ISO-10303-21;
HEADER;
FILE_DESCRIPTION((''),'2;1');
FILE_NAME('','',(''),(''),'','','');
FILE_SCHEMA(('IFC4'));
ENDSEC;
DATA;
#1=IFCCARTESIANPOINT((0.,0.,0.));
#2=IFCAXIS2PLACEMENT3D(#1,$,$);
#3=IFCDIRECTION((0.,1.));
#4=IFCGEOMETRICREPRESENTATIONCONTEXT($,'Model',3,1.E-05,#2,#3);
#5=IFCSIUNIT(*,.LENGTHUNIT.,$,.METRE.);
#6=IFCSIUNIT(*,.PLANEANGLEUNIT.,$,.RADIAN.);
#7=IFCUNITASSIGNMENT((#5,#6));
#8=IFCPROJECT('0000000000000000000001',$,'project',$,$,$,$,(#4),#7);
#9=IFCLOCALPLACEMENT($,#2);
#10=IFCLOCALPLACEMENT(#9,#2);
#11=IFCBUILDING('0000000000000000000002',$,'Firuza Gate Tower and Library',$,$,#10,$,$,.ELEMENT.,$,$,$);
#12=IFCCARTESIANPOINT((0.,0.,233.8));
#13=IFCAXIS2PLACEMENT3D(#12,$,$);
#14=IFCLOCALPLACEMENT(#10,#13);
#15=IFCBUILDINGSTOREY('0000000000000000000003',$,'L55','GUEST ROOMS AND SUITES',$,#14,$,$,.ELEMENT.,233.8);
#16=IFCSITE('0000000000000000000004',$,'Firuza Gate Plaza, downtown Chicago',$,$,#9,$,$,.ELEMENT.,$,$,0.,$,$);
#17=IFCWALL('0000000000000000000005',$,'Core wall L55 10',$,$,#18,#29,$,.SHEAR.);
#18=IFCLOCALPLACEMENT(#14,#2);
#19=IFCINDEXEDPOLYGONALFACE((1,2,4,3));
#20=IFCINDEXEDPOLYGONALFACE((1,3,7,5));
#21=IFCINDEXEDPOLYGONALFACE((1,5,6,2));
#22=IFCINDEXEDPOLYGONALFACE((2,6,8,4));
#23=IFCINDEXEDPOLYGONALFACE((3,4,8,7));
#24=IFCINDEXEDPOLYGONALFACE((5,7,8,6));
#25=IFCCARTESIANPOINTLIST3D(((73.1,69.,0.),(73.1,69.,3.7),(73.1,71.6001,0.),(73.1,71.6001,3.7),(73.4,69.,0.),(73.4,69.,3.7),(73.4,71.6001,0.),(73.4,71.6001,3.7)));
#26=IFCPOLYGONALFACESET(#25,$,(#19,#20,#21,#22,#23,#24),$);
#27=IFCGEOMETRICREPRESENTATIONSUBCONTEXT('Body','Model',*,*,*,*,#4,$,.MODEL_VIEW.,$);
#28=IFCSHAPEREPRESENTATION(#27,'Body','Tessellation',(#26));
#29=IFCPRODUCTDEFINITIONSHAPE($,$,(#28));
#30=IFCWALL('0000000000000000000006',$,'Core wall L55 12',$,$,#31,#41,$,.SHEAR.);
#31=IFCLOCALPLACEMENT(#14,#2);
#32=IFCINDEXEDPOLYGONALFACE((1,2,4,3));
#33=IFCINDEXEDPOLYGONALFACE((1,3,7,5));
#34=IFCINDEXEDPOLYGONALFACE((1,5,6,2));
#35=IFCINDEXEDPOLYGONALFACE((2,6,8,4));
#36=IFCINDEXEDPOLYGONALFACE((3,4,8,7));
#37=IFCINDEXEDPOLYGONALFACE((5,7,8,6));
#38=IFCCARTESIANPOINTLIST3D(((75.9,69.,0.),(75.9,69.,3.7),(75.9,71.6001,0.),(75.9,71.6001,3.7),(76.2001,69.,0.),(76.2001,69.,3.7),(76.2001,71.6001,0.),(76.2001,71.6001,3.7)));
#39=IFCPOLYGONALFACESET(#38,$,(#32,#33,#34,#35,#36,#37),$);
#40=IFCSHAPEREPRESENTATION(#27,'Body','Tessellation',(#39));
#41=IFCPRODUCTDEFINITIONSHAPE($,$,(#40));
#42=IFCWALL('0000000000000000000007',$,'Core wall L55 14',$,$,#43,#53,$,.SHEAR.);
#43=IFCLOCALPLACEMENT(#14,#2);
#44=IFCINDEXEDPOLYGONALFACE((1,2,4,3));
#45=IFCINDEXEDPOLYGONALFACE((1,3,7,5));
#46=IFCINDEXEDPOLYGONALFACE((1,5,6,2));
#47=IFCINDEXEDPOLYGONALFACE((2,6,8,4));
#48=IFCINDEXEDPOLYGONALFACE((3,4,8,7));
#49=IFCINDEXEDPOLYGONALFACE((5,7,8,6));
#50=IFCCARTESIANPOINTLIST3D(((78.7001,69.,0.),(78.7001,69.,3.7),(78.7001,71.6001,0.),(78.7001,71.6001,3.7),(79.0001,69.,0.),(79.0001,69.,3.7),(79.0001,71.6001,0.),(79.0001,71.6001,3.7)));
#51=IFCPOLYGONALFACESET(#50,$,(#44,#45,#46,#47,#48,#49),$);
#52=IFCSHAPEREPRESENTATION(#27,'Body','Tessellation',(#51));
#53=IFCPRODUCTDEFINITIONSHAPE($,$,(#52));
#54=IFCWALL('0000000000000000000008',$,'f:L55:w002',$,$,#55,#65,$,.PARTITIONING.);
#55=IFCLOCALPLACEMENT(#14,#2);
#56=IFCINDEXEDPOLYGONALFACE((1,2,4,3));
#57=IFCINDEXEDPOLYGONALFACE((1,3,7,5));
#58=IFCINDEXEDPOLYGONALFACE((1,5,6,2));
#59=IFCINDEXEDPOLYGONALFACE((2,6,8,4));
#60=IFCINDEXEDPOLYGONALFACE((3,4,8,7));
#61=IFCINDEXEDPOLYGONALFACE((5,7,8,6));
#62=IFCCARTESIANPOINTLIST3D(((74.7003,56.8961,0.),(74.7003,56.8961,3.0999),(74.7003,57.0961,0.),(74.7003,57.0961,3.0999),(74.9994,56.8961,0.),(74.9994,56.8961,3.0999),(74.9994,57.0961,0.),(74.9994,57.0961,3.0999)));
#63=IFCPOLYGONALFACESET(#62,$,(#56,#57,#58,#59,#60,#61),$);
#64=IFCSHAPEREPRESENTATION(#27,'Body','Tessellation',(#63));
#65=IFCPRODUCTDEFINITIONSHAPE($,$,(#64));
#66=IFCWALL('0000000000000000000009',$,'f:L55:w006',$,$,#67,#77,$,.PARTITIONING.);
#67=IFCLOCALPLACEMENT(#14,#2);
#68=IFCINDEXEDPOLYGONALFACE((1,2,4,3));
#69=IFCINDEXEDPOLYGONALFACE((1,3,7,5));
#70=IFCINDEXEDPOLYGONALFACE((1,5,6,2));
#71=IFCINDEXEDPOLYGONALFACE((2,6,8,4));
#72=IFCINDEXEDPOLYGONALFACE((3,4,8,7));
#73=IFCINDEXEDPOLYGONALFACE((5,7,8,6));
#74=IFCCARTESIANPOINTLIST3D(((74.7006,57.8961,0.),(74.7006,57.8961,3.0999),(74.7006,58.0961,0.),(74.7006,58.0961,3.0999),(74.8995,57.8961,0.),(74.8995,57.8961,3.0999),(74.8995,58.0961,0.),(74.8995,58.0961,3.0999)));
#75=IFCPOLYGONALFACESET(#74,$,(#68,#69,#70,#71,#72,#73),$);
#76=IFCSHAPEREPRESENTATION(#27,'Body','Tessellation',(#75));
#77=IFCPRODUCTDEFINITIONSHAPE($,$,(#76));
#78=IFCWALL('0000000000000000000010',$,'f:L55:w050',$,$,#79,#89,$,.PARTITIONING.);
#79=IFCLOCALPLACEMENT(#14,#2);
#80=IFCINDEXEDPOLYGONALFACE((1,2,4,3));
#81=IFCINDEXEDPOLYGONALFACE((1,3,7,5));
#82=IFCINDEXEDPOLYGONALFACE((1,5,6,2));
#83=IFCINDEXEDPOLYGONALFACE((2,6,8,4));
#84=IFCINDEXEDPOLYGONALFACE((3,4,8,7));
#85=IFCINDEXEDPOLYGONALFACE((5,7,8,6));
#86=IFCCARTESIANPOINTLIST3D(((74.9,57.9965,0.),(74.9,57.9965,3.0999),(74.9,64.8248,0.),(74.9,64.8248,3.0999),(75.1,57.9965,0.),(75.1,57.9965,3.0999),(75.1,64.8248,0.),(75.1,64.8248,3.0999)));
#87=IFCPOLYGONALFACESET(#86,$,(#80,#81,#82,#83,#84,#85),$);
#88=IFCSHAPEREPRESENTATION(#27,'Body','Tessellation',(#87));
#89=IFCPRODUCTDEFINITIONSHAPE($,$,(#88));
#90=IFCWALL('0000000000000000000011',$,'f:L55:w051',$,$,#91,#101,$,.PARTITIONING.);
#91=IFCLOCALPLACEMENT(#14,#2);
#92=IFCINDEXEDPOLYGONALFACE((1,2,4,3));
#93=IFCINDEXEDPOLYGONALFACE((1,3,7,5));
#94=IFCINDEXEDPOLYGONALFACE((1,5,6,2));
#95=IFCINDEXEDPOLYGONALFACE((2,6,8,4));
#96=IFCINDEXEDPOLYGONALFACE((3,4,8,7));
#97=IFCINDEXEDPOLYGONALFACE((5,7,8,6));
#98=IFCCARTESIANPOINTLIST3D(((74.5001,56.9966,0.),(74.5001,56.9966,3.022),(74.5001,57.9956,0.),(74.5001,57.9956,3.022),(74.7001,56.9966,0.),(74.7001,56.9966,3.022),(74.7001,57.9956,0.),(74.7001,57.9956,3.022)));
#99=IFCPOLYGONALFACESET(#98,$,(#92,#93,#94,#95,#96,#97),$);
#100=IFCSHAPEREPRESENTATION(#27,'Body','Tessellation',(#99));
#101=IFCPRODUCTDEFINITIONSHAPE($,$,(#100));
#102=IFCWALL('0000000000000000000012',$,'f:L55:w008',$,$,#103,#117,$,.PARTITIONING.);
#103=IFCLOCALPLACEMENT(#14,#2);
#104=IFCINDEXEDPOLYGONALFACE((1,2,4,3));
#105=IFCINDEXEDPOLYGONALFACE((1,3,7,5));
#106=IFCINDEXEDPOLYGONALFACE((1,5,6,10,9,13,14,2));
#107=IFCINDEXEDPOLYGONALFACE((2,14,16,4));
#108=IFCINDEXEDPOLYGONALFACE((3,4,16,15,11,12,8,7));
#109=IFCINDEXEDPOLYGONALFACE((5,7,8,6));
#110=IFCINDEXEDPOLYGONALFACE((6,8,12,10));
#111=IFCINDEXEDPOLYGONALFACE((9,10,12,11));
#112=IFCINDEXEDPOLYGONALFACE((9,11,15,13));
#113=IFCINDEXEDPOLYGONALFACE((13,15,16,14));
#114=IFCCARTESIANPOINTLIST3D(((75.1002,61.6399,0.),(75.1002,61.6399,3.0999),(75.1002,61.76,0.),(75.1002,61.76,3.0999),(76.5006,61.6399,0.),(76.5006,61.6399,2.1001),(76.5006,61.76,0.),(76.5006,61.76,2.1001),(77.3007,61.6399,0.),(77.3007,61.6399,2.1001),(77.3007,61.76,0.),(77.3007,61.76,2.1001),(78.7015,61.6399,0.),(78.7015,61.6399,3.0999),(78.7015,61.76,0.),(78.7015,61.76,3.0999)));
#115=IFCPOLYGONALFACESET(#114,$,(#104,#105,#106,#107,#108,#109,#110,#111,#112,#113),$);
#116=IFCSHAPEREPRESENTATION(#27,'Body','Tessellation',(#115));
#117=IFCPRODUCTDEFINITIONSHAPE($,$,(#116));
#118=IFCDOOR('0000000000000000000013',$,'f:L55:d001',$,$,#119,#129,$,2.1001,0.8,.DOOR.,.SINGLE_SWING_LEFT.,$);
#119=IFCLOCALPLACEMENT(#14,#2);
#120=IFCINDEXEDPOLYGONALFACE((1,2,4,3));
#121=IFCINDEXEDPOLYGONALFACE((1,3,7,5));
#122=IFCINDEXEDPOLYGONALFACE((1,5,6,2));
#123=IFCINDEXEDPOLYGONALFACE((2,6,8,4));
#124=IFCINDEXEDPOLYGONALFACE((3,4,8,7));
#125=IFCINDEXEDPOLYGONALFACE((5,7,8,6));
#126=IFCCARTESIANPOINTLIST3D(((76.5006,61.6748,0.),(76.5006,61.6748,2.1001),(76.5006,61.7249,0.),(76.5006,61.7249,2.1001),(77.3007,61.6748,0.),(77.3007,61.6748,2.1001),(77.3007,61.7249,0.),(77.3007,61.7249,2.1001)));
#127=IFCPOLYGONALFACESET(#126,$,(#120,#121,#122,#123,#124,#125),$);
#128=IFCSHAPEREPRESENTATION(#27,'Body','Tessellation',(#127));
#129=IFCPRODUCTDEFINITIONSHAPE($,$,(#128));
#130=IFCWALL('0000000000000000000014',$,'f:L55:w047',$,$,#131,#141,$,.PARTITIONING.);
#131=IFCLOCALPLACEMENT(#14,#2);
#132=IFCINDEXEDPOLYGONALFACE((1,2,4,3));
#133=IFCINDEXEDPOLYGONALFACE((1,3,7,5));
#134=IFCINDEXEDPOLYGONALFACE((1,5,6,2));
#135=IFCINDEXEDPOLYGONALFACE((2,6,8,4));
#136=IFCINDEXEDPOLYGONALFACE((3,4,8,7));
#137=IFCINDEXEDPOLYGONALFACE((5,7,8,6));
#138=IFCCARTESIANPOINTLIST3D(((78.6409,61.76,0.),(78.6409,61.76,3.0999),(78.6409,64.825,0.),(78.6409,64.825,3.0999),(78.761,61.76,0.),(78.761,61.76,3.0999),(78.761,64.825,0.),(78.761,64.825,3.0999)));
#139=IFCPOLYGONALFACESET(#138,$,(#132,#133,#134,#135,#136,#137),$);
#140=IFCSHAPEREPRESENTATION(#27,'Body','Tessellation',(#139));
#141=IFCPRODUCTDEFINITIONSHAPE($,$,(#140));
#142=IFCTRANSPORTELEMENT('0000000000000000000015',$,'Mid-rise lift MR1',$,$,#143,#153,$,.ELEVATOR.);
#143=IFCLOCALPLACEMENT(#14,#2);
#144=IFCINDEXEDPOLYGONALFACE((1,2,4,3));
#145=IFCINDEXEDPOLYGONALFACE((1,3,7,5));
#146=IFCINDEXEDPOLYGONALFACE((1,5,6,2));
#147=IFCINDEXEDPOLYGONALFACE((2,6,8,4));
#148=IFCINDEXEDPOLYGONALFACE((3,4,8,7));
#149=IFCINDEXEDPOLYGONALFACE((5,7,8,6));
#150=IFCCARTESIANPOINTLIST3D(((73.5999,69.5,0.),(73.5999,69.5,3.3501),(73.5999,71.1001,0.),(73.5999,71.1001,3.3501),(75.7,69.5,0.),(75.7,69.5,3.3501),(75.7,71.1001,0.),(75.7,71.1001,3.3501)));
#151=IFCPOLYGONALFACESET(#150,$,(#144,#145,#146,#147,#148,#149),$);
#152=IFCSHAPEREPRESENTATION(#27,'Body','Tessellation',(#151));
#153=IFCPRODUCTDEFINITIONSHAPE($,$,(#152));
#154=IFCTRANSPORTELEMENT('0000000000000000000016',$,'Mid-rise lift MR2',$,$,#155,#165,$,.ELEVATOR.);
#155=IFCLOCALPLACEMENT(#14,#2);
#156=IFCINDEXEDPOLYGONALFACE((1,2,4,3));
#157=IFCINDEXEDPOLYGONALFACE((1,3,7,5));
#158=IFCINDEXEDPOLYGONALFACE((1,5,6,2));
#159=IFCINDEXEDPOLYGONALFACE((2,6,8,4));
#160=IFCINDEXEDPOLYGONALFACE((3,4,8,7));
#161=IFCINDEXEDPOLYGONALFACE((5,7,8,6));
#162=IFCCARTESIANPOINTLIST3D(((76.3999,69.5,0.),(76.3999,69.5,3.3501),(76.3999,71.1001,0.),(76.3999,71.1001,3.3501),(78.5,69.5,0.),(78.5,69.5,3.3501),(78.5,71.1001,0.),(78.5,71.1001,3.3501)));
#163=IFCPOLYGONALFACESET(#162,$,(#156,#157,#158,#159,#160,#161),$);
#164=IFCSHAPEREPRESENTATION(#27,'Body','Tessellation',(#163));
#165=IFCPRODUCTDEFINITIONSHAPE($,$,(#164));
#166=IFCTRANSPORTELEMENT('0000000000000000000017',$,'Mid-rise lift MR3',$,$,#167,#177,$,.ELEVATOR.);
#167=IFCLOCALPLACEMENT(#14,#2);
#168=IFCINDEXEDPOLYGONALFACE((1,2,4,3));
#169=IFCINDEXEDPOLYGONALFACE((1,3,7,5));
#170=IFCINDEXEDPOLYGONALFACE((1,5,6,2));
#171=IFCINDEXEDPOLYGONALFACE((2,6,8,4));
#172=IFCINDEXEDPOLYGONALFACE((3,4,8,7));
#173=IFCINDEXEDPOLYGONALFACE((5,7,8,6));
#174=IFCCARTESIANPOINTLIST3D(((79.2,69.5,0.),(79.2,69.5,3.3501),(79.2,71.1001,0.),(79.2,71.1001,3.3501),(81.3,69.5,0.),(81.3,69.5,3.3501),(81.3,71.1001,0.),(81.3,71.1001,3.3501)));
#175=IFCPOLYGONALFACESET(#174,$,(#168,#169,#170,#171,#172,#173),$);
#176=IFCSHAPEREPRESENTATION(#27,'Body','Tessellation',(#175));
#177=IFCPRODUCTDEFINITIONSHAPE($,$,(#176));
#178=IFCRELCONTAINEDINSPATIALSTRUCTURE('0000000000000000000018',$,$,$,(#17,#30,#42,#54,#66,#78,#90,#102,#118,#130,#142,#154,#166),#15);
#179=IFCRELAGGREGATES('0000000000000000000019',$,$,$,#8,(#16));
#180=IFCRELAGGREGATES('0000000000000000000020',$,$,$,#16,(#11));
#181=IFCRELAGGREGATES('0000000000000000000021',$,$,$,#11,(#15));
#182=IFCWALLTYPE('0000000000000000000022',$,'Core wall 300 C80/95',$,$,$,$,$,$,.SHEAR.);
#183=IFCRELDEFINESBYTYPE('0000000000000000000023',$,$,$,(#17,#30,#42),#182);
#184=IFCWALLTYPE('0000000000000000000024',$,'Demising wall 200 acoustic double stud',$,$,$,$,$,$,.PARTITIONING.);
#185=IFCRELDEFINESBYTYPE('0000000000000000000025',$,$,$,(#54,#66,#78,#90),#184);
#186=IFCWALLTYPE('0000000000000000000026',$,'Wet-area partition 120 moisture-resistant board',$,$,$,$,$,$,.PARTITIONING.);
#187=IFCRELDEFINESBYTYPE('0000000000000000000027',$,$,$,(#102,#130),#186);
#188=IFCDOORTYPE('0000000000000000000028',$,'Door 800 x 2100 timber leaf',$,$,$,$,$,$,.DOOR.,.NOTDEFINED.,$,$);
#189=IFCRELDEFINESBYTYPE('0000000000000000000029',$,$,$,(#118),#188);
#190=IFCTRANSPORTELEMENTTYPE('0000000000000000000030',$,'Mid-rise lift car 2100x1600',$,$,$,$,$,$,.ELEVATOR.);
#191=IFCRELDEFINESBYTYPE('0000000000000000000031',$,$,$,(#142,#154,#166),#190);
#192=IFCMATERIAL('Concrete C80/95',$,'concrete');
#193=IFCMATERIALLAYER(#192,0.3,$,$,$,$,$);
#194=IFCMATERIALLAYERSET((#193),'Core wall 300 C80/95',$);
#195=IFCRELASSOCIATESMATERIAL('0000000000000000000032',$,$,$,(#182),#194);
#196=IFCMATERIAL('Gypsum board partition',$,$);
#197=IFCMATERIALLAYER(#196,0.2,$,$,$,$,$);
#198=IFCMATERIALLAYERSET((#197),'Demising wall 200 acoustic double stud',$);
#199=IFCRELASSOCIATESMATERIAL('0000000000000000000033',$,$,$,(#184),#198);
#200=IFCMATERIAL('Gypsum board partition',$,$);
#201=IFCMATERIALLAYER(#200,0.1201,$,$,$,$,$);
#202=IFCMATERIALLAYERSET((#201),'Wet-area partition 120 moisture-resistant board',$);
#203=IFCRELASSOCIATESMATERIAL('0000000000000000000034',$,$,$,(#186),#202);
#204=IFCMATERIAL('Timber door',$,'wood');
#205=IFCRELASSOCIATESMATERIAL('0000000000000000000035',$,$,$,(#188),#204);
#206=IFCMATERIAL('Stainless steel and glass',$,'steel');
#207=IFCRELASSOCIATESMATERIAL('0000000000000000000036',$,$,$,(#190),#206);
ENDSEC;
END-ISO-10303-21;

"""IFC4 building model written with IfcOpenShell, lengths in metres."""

from ifc_helpers import new_model, si_unit, direction, frame, frame_2d, origin, origin_2d, place, context, subcontext, project, spatial, rectangle, extrude, material, layer, layer_set, type_object, element, fill, save


model = new_model("IFC4")

# Units and contexts
model_context = context("Model", 3, precision=1e-05, world=origin(), true_north=direction((0.0, 1.0)))
body_context = subcontext(model_context, "Body", "Model", "MODEL_VIEW")
ifc_project = project(units=[si_unit("LENGTHUNIT", "METRE"), si_unit("PLANEANGLEUNIT", "RADIAN")], contexts=[model_context])

# Site, building, storey
site_placement = place(None, origin())
site = spatial("IfcSite", under=ifc_project, at=site_placement, Name="Firuza Gate Plaza, downtown Chicago", CompositionType="ELEMENT", RefElevation=0.0)
building_placement = place(site_placement, origin())
building = spatial("IfcBuilding", under=site, at=building_placement, Name="Firuza Gate Tower and Library", CompositionType="ELEMENT")
storey_placement = place(building_placement, frame((0.0, 0.0, 233.8)))
storey = spatial("IfcBuildingStorey", under=building, at=storey_placement, Name="L55", Description="GUEST ROOMS AND SUITES", CompositionType="ELEMENT", Elevation=233.8)

# Walls
ifc_material_1 = material(Name="Concrete C80/95", Category="concrete")
ifc_layer_1 = layer(ifc_material_1, 0.3)
ifc_layer_set_1 = layer_set([ifc_layer_1], Name="Core wall 300 C80/95")
wall_type_1 = type_object("IfcWallType", Name="Core wall 300 C80/95", PredefinedType="SHEAR", material=ifc_layer_set_1)
for number, where, z_axis, x_axis, name in (
    (1, (73.25, 69.0, 0.0), (0.0, 0.0, 1.0), (0.0, 1.0, 0.0), "Core wall L55 10"),
    (2, (76.05, 69.0, 0.0), (0.0, 0.0, 1.0), (0.0, 1.0, 0.0), "Core wall L55 12"),
    (3, (78.8501, 69.0, 0.0), (0.0, 0.0, 1.0), (0.0, 1.0, 0.0), "Core wall L55 14"),
):
    element("IfcWall", number, at=place(storey_placement, frame(where, z_axis=z_axis, x_axis=x_axis)), inside=storey, type_object=wall_type_1, Name=name, PredefinedType="SHEAR", context=body_context, shape_type="SweptSolid", body=[
        extrude(rectangle(XDim=2.6001, YDim=0.3, at=frame_2d((1.3, 0.0))), origin(), (0.0, 0.0, 1.0), 3.7),
    ])
ifc_material_2 = material(Name="Gypsum board partition")
ifc_layer_2 = layer(ifc_material_2, 0.2)
ifc_layer_set_2 = layer_set([ifc_layer_2], Name="Demising wall 200 acoustic double stud")
wall_type_2 = type_object("IfcWallType", Name="Demising wall 200 acoustic double stud", PredefinedType="PARTITIONING", material=ifc_layer_set_2)
wall_1_placement = place(storey_placement, frame((74.7004, 56.9961, 0.0), z_axis=(0.0, 0.0, 1.0), x_axis=(1.0, 0.0, 0.0)))
element("IfcWall", 4, at=wall_1_placement, inside=storey, type_object=wall_type_2, Name="f:L55:w002", PredefinedType="PARTITIONING", context=body_context, shape_type="SweptSolid", body=[
    extrude(rectangle(XDim=0.2991, YDim=0.2, at=frame_2d((0.1494, 0.0))), origin(), (0.0, 0.0, 1.0), 3.0999),
])
wall_2_placement = place(storey_placement, frame((74.7004, 57.9961, 0.0), z_axis=(0.0, 0.0, 1.0), x_axis=(1.0, 0.0, 0.0)))
element("IfcWall", 5, at=wall_2_placement, inside=storey, type_object=wall_type_2, Name="f:L55:w006", PredefinedType="PARTITIONING", context=body_context, shape_type="SweptSolid", body=[
    extrude(rectangle(XDim=0.199, YDim=0.2, at=frame_2d((0.0996, 0.0))), origin(), (0.0, 0.0, 1.0), 3.0999),
])
wall_3_placement = place(storey_placement, frame((75.0, 57.9966, 0.0), z_axis=(0.0, 0.0, 1.0), x_axis=(0.0, 1.0, 0.0)))
element("IfcWall", 6, at=wall_3_placement, inside=storey, type_object=wall_type_2, Name="f:L55:w050", PredefinedType="PARTITIONING", context=body_context, shape_type="SweptSolid", body=[
    extrude(rectangle(XDim=6.8284, YDim=0.2, at=frame_2d((3.4141, 0.0))), origin(), (0.0, 0.0, 1.0), 3.0999),
])
wall_4_placement = place(storey_placement, frame((74.6001, 56.9966, 0.0), z_axis=(0.0, 0.0, 1.0), x_axis=(0.0, 1.0, 0.0)))
element("IfcWall", 7, at=wall_4_placement, inside=storey, type_object=wall_type_2, Name="f:L55:w051", PredefinedType="PARTITIONING", context=body_context, shape_type="SweptSolid", body=[
    extrude(rectangle(XDim=0.999, YDim=0.2, at=frame_2d((0.4995, 0.0))), origin(), (0.0, 0.0, 1.0), 3.022),
])

# Wall, opening, door
ifc_material_3 = material(Name="Gypsum board partition")
ifc_layer_3 = layer(ifc_material_3, 0.1201)
ifc_layer_set_3 = layer_set([ifc_layer_3], Name="Wet-area partition 120 moisture-resistant board")
wall_type_3 = type_object("IfcWallType", Name="Wet-area partition 120 moisture-resistant board", PredefinedType="PARTITIONING", material=ifc_layer_set_3)
wall_5_placement = place(storey_placement, frame((75.1001, 61.7, 0.0), z_axis=(0.0, 0.0, 1.0), x_axis=(1.0, 0.0, 0.0)))
wall_5 = element("IfcWall", 8, at=wall_5_placement, inside=storey, type_object=wall_type_3, Name="f:L55:w008", PredefinedType="PARTITIONING", context=body_context, shape_type="SweptSolid", body=[
    extrude(rectangle(XDim=3.6013, YDim=0.1201, at=frame_2d((1.8008, 0.0))), origin(), (0.0, 0.0, 1.0), 3.0999),
])
opening_1_placement = place(wall_5_placement, frame((1.4006, 0.0, 0.0)))
opening_1 = element("IfcOpeningElement", 9, at=opening_1_placement, cuts=wall_5, PredefinedType="OPENING", context=body_context, shape_type="SweptSolid", body=[
    extrude(rectangle(XDim=0.8, YDim=2.1001, at=frame_2d((0.3999, 1.05))), frame((0.0, 0.0701, 0.0), z_axis=(0.0, -1.0, 0.0), x_axis=(1.0, 0.0, 0.0)), (0.0, 0.0, 1.0), 0.1401),
])
ifc_material_4 = material(Name="Timber door", Category="wood")
door_type_1 = type_object("IfcDoorType", Name="Door 800 x 2100 timber leaf", OperationType="NOTDEFINED", PredefinedType="DOOR", material=ifc_material_4)
door_1_placement = place(opening_1_placement, origin())
door_1 = element("IfcDoor", 10, at=door_1_placement, inside=storey, type_object=door_type_1, Name="f:L55:d001", OperationType="SINGLE_SWING_LEFT", OverallHeight=2.1001, OverallWidth=0.8, PredefinedType="DOOR", context=body_context, shape_type="SweptSolid", body=[
    extrude(rectangle(XDim=0.8, YDim=2.1001, at=frame_2d((0.3999, 1.05))), frame((0.0, 0.0249, 0.0), z_axis=(0.0, -1.0, 0.0), x_axis=(1.0, 0.0, 0.0)), (0.0, 0.0, 1.0), 0.05),
])
fill(opening_1, door_1)

# Wall
wall_6_placement = place(storey_placement, frame((78.7009, 61.76, 0.0), z_axis=(0.0, 0.0, 1.0), x_axis=(0.0, 1.0, 0.0)))
element("IfcWall", 11, at=wall_6_placement, inside=storey, type_object=wall_type_3, Name="f:L55:w047", PredefinedType="PARTITIONING", context=body_context, shape_type="SweptSolid", body=[
    extrude(rectangle(XDim=3.0649, YDim=0.1201, at=frame_2d((1.5325, 0.0))), origin(), (0.0, 0.0, 1.0), 3.0999),
])

# Transport elements
ifc_material_5 = material(Name="Stainless steel and glass", Category="steel")
transport_element_type = type_object("IfcTransportElementType", Name="Mid-rise lift car 2100x1600", PredefinedType="ELEVATOR", material=ifc_material_5)
for number, where, z_axis, x_axis, name in (
    (12, (74.6499, 70.3, 0.0), (0.0, 0.0, 1.0), (1.0, 0.0, 0.0), "Mid-rise lift MR1"),
    (13, (77.45, 70.3, 0.0), (0.0, 0.0, 1.0), (1.0, 0.0, 0.0), "Mid-rise lift MR2"),
    (14, (80.25, 70.3, 0.0), (0.0, 0.0, 1.0), (1.0, 0.0, 0.0), "Mid-rise lift MR3"),
):
    element("IfcTransportElement", number, at=place(storey_placement, frame(where, z_axis=z_axis, x_axis=x_axis)), inside=storey, type_object=transport_element_type, Name=name, PredefinedType="ELEVATOR", context=body_context, shape_type="SweptSolid", body=[
        extrude(rectangle(XDim=2.1001, YDim=1.6001, at=origin_2d()), origin(), (0.0, 0.0, 1.0), 3.3501),
    ])

save(model, "model.ifc")
